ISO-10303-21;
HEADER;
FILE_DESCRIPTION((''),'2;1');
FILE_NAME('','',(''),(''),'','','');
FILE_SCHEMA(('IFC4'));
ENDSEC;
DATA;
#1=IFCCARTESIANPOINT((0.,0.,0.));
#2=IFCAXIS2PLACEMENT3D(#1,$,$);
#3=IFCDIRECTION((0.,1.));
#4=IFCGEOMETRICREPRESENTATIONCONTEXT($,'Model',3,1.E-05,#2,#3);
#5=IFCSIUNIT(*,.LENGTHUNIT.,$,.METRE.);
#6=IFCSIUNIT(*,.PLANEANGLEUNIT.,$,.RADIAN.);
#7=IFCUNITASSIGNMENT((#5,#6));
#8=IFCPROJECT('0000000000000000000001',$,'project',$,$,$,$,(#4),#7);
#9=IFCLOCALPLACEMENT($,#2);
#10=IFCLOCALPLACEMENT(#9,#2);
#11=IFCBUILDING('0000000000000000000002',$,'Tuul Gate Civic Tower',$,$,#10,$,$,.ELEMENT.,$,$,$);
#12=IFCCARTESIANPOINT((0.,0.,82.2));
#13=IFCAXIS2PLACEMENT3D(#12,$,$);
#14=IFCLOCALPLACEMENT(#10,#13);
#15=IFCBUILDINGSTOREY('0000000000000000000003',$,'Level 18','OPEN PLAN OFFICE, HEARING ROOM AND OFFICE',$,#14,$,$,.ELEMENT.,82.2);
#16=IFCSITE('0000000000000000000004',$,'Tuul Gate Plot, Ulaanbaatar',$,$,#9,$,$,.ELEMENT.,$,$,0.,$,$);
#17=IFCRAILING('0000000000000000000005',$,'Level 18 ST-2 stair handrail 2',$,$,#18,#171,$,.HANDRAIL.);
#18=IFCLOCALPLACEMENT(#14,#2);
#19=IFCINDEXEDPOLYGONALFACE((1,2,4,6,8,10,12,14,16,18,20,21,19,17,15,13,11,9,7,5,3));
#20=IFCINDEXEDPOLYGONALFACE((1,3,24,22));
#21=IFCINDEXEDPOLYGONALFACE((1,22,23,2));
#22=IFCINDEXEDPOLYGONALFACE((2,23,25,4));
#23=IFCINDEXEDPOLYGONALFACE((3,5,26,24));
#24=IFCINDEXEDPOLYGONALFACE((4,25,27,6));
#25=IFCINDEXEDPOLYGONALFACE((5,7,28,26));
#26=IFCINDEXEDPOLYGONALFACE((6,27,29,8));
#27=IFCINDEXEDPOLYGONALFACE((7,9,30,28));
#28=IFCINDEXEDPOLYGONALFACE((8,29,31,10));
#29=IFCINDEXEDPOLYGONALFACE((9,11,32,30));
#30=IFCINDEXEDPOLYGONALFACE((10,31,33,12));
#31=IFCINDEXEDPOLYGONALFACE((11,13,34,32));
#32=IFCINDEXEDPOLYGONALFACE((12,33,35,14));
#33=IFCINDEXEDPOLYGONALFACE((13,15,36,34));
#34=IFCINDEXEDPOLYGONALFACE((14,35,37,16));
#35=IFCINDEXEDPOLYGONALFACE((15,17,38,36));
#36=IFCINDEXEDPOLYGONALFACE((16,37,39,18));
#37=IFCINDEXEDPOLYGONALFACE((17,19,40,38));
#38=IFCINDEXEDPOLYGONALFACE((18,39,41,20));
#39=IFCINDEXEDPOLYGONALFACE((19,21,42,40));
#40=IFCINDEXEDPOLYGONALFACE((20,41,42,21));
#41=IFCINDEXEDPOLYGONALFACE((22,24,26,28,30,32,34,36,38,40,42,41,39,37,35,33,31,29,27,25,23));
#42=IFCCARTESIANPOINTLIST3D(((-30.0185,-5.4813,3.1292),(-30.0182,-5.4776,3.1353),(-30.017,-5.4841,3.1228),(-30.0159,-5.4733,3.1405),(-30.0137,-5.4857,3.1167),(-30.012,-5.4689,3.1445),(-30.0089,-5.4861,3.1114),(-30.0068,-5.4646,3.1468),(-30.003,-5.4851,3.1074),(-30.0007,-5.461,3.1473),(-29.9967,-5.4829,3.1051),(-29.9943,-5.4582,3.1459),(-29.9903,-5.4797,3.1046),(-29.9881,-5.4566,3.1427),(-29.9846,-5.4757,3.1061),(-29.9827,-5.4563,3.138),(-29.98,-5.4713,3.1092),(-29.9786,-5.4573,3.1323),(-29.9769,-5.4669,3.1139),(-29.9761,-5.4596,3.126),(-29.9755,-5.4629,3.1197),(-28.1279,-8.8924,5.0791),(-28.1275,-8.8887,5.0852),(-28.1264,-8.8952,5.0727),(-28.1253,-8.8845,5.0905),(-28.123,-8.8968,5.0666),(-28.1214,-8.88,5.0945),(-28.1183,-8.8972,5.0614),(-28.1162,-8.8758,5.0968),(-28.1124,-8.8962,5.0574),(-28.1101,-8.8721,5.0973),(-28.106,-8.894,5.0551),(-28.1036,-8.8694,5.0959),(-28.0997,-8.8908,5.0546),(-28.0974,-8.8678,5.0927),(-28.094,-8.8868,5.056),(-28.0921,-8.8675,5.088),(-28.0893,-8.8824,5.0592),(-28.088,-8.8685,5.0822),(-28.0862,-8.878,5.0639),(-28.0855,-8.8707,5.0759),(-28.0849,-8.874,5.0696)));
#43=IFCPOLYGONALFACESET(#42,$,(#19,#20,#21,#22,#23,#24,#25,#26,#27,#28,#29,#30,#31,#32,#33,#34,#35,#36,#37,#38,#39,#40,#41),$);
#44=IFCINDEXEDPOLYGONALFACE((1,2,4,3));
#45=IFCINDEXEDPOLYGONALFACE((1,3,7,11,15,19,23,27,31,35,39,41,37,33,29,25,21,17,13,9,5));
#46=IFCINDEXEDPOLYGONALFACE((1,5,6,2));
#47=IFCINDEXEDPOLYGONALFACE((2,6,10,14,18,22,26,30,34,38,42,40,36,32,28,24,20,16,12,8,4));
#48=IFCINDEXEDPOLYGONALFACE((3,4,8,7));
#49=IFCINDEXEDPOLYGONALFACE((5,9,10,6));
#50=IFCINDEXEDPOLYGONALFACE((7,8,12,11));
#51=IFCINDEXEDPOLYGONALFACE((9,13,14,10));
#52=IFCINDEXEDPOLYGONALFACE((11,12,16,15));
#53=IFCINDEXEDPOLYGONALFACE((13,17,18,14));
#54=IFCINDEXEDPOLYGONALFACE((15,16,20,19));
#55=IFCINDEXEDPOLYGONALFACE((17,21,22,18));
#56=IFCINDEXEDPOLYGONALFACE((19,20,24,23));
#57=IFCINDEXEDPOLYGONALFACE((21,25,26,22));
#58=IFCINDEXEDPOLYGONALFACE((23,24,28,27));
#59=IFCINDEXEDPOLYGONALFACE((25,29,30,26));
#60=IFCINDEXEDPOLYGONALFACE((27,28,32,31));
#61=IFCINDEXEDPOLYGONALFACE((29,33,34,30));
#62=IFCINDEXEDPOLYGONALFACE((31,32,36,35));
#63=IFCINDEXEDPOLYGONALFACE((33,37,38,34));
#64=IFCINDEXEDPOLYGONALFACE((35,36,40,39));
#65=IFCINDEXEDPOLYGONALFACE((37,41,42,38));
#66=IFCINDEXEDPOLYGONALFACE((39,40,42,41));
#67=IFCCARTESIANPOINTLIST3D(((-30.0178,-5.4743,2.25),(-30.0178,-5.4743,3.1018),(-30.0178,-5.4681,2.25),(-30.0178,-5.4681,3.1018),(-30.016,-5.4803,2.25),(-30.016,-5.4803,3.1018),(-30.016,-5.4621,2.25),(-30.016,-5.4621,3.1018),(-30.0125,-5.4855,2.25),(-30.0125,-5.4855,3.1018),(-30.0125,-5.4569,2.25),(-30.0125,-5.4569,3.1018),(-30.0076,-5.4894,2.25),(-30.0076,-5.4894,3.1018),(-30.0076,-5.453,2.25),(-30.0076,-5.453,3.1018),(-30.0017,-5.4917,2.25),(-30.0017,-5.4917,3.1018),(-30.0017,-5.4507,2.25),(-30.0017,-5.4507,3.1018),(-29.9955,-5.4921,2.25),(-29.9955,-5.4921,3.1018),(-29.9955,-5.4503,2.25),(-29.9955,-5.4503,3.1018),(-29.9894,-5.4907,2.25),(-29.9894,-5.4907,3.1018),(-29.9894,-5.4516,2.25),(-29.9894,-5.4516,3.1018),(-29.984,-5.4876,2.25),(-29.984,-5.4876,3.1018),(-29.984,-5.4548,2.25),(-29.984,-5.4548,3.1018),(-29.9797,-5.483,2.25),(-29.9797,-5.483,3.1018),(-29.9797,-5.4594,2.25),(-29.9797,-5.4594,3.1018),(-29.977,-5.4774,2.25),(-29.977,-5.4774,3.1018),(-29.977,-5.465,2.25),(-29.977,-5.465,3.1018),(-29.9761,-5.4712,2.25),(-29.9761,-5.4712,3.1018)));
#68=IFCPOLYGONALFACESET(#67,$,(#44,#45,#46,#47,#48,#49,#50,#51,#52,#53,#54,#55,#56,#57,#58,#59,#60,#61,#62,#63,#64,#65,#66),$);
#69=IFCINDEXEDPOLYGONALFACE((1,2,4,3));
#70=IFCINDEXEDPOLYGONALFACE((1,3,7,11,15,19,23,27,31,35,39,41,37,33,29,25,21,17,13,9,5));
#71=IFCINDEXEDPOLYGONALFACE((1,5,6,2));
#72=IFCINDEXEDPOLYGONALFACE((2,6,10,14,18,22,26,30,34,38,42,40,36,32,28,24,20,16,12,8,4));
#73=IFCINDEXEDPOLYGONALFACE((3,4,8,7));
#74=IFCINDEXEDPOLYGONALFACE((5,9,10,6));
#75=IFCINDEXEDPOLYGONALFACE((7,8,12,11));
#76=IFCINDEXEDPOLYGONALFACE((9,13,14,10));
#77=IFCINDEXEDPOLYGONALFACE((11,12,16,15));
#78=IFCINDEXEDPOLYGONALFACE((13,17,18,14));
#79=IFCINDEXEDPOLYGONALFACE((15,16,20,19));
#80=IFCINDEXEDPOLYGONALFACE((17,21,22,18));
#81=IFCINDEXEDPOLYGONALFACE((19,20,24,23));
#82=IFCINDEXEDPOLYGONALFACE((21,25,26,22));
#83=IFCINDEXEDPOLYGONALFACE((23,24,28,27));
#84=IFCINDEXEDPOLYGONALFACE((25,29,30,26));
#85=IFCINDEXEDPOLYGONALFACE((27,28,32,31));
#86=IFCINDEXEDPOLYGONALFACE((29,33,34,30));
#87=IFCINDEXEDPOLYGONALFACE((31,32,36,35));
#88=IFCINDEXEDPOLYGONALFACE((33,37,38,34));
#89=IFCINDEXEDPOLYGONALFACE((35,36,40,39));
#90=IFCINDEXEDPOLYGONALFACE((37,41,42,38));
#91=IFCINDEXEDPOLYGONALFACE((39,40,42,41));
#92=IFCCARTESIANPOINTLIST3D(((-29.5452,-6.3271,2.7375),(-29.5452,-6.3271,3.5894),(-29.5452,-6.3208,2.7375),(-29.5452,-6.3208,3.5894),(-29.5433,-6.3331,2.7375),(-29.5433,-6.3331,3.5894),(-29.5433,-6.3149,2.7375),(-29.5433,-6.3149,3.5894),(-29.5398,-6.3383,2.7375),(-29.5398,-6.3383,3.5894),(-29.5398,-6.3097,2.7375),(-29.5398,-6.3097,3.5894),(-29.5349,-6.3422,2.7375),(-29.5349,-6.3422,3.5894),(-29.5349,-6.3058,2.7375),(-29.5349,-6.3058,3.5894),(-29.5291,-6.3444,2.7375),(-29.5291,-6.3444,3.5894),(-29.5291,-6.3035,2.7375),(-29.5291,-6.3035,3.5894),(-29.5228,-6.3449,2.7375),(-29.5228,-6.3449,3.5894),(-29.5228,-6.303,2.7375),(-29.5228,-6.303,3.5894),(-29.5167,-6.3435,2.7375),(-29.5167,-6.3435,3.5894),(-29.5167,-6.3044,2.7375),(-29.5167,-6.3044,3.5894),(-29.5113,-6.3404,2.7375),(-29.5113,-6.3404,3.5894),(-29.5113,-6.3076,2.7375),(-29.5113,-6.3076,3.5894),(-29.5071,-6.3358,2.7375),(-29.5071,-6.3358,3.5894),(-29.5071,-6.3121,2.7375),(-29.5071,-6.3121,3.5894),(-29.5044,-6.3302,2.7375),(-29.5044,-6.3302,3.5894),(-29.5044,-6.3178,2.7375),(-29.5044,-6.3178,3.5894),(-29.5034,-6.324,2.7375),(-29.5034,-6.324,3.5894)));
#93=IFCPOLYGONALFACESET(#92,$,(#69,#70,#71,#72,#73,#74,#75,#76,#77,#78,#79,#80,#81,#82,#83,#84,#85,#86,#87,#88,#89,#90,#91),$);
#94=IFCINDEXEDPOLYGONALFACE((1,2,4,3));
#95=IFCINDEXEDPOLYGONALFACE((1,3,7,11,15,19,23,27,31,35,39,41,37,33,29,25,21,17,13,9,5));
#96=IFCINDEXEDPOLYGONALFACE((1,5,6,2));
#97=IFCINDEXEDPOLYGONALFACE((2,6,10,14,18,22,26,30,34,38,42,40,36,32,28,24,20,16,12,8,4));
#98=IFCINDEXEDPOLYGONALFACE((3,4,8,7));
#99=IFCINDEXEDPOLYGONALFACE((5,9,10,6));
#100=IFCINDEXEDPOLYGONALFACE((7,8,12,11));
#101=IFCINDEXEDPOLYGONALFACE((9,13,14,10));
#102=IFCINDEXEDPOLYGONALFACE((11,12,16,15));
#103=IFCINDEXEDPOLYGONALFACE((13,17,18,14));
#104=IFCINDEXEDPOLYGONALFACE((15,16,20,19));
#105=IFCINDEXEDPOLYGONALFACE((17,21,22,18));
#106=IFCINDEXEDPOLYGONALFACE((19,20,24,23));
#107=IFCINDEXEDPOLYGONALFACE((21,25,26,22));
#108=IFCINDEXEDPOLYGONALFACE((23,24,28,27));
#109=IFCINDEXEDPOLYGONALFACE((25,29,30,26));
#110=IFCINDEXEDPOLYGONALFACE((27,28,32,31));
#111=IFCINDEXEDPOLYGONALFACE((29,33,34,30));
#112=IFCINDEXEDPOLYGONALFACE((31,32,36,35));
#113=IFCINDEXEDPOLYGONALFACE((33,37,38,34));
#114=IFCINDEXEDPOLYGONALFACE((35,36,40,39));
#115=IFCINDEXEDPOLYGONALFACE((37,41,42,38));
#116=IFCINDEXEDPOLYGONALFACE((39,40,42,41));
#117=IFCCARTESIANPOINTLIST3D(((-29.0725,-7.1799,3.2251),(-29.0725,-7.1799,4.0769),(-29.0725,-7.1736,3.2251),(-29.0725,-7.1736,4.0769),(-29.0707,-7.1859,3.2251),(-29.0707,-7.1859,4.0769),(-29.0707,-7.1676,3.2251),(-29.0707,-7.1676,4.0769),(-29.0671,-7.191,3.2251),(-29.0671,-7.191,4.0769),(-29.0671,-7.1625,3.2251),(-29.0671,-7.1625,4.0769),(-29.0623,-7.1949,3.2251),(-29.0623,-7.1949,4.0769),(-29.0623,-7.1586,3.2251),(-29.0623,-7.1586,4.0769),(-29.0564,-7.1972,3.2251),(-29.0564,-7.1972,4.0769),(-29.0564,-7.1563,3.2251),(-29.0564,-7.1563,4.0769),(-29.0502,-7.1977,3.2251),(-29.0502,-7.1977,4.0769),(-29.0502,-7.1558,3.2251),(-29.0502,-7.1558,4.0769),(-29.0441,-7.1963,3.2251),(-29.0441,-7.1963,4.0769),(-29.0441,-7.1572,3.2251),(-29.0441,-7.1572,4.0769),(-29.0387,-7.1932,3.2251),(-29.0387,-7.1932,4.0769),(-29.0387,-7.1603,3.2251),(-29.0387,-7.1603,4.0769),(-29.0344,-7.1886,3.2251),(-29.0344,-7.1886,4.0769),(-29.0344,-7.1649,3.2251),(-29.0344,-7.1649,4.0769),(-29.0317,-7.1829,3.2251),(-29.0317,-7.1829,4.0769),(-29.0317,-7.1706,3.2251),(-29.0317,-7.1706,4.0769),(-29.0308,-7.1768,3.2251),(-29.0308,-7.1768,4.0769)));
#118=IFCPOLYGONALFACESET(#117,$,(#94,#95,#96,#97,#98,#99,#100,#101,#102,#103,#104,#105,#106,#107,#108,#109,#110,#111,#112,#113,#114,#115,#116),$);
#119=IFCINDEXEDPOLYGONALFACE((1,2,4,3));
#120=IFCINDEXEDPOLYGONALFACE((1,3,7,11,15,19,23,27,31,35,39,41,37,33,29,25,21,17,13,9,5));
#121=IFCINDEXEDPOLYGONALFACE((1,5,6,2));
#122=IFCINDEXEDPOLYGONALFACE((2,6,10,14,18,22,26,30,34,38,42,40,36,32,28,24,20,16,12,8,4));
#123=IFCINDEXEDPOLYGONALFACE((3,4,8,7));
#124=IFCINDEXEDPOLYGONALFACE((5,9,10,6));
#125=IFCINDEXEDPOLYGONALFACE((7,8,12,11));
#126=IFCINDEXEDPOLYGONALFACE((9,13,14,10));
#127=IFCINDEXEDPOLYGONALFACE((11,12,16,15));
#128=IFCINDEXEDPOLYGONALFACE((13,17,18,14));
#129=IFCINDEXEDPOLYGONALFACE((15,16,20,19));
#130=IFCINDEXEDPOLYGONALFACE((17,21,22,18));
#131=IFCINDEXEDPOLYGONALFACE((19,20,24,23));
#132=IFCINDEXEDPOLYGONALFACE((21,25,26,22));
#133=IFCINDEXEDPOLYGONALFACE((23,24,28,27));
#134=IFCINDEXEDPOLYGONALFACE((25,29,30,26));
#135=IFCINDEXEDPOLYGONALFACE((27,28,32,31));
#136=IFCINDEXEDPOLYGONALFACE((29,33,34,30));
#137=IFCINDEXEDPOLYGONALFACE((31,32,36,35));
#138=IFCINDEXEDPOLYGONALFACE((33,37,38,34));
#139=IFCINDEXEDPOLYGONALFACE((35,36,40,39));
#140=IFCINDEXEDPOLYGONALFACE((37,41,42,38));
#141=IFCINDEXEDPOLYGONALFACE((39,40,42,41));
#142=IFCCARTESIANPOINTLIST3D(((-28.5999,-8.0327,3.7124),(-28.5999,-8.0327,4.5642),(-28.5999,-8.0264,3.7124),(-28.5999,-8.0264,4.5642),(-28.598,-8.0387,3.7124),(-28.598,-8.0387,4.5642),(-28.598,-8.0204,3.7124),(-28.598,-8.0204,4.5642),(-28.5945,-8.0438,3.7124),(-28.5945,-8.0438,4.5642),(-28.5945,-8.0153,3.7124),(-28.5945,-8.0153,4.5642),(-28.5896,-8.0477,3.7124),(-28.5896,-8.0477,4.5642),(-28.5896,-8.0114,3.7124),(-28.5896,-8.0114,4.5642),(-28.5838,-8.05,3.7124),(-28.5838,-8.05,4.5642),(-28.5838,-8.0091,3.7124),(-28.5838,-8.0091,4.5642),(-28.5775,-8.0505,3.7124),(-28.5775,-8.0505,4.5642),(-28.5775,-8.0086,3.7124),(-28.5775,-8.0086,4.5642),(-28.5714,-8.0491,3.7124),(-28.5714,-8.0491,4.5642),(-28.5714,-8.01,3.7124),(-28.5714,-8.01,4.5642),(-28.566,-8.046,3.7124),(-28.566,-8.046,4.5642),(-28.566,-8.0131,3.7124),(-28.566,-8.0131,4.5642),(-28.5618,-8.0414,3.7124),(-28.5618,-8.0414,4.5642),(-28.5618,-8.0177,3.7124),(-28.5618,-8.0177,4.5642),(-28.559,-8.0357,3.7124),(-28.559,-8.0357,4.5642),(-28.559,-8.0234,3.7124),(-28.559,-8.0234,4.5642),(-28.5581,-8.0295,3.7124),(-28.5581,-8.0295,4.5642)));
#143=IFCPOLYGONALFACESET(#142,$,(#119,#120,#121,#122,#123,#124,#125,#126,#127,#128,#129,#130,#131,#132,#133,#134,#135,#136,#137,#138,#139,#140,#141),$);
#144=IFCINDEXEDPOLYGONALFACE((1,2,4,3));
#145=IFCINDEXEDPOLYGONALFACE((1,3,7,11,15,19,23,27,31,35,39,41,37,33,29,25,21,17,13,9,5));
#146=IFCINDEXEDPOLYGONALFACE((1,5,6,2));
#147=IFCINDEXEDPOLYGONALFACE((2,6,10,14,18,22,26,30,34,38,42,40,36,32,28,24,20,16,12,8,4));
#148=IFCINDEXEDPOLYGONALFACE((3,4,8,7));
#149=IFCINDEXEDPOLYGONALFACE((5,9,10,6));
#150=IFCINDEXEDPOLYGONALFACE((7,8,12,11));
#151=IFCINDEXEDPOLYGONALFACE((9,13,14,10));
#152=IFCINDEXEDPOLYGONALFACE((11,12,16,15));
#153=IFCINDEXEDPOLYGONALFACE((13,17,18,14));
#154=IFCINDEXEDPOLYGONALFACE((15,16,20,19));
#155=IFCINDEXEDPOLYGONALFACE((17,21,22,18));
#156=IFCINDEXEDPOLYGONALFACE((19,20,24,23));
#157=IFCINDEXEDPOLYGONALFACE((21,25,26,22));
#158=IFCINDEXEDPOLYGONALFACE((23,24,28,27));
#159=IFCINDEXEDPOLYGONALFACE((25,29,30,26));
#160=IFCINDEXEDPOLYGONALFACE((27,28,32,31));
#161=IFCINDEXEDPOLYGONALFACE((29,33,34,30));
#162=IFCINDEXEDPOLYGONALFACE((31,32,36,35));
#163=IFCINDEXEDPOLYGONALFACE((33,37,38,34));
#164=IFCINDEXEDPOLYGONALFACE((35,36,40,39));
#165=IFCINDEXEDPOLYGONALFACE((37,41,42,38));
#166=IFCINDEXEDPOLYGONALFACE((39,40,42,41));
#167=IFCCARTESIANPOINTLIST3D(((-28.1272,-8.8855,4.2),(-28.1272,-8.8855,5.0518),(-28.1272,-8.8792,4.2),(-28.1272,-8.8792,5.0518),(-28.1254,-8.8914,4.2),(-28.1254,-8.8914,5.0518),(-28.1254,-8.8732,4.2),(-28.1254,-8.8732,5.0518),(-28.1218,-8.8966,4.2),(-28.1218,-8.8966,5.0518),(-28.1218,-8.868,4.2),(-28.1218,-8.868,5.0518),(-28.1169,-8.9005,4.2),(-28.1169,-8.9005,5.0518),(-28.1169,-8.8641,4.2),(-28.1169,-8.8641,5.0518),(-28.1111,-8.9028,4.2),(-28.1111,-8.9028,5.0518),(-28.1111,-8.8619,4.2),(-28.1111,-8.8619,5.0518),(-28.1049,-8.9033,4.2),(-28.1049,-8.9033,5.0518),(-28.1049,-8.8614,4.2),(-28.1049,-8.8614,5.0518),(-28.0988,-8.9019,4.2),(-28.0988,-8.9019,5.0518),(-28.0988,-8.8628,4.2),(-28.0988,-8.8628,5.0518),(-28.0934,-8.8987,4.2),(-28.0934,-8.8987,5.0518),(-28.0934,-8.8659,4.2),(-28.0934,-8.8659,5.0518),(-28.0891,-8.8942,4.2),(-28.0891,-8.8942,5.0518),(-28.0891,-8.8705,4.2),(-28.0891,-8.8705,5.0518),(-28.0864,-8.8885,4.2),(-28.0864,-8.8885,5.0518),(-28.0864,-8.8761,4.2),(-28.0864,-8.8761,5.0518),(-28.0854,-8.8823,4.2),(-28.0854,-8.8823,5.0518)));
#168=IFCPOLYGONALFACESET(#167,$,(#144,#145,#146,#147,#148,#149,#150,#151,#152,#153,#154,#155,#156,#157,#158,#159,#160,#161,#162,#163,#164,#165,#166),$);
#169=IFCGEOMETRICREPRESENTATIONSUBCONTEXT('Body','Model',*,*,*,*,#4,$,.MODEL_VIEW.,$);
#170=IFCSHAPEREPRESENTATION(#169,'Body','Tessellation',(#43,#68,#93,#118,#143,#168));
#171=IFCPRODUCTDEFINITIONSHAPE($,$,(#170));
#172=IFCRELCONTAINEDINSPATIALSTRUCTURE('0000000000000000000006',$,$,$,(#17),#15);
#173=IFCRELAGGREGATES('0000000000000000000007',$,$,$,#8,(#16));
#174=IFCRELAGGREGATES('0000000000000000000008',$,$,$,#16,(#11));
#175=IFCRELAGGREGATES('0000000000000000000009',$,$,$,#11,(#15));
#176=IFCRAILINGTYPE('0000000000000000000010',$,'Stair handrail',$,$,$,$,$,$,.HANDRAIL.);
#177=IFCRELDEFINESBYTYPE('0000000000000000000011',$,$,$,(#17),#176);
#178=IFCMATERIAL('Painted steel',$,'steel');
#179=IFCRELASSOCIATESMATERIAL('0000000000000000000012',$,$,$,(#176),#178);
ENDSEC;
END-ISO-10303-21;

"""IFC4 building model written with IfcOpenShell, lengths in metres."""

from ifc_helpers import new_model, si_unit, direction, frame, origin, origin_2d, place, context, subcontext, project, spatial, circle, extrude, material, type_object, element, save


model = new_model("IFC4")

# Units and contexts
model_context = context("Model", 3, precision=1e-05, world=origin(), true_north=direction((0.0, 1.0)))
body_context = subcontext(model_context, "Body", "Model", "MODEL_VIEW")
ifc_project = project(units=[si_unit("LENGTHUNIT", "METRE"), si_unit("PLANEANGLEUNIT", "RADIAN")], contexts=[model_context])

# Site, building, storey
site_placement = place(None, origin())
site = spatial("IfcSite", under=ifc_project, at=site_placement, Name="Tuul Gate Plot, Ulaanbaatar", CompositionType="ELEMENT", RefElevation=0.0)
building_placement = place(site_placement, origin())
building = spatial("IfcBuilding", under=site, at=building_placement, Name="Tuul Gate Civic Tower", CompositionType="ELEMENT")
storey_placement = place(building_placement, frame((0.0, 0.0, 82.2)))
storey = spatial("IfcBuildingStorey", under=building, at=storey_placement, Name="Level 18", Description="OPEN PLAN OFFICE, HEARING ROOM AND OFFICE", CompositionType="ELEMENT", Elevation=82.2)

# Railing
ifc_material_1 = material(Name="Painted steel", Category="steel")
railing_type_1 = type_object("IfcRailingType", Name="Stair handrail", PredefinedType="HANDRAIL", material=ifc_material_1)
railing_1_placement = place(storey_placement, frame((-29.9971, -5.4712, 2.25)))
element("IfcRailing", 1, at=railing_1_placement, inside=storey, type_object=railing_type_1, Name="Level 18 ST-2 stair handrail 2", PredefinedType="HANDRAIL", context=body_context, shape_type="SweptSolid", body=[
    extrude(circle(Radius=0.0239, at=origin_2d()), frame((0.0, 0.0, 0.876), z_axis=(0.433595, -0.782308, 0.447201), x_axis=(0.874641, 0.484771, 0.0)), (0.0, 0.0, 1.0), 4.3604),
    extrude(circle(Radius=0.021, at=origin_2d()), origin(), (0.0, 0.0, 1.0), 0.8518),
    extrude(circle(Radius=0.021, at=origin_2d()), frame((0.4727, -0.8528, 0.4875)), (0.0, 0.0, 1.0), 0.8518),
    extrude(circle(Radius=0.021, at=origin_2d()), frame((0.9453, -1.7056, 0.9751)), (0.0, 0.0, 1.0), 0.8518),
    extrude(circle(Radius=0.021, at=origin_2d()), frame((1.418, -2.5583, 1.4624)), (0.0, 0.0, 1.0), 0.8518),
    extrude(circle(Radius=0.021, at=origin_2d()), frame((1.8906, -3.4111, 1.95)), (0.0, 0.0, 1.0), 0.8518),
])

save(model, "model.ifc")
